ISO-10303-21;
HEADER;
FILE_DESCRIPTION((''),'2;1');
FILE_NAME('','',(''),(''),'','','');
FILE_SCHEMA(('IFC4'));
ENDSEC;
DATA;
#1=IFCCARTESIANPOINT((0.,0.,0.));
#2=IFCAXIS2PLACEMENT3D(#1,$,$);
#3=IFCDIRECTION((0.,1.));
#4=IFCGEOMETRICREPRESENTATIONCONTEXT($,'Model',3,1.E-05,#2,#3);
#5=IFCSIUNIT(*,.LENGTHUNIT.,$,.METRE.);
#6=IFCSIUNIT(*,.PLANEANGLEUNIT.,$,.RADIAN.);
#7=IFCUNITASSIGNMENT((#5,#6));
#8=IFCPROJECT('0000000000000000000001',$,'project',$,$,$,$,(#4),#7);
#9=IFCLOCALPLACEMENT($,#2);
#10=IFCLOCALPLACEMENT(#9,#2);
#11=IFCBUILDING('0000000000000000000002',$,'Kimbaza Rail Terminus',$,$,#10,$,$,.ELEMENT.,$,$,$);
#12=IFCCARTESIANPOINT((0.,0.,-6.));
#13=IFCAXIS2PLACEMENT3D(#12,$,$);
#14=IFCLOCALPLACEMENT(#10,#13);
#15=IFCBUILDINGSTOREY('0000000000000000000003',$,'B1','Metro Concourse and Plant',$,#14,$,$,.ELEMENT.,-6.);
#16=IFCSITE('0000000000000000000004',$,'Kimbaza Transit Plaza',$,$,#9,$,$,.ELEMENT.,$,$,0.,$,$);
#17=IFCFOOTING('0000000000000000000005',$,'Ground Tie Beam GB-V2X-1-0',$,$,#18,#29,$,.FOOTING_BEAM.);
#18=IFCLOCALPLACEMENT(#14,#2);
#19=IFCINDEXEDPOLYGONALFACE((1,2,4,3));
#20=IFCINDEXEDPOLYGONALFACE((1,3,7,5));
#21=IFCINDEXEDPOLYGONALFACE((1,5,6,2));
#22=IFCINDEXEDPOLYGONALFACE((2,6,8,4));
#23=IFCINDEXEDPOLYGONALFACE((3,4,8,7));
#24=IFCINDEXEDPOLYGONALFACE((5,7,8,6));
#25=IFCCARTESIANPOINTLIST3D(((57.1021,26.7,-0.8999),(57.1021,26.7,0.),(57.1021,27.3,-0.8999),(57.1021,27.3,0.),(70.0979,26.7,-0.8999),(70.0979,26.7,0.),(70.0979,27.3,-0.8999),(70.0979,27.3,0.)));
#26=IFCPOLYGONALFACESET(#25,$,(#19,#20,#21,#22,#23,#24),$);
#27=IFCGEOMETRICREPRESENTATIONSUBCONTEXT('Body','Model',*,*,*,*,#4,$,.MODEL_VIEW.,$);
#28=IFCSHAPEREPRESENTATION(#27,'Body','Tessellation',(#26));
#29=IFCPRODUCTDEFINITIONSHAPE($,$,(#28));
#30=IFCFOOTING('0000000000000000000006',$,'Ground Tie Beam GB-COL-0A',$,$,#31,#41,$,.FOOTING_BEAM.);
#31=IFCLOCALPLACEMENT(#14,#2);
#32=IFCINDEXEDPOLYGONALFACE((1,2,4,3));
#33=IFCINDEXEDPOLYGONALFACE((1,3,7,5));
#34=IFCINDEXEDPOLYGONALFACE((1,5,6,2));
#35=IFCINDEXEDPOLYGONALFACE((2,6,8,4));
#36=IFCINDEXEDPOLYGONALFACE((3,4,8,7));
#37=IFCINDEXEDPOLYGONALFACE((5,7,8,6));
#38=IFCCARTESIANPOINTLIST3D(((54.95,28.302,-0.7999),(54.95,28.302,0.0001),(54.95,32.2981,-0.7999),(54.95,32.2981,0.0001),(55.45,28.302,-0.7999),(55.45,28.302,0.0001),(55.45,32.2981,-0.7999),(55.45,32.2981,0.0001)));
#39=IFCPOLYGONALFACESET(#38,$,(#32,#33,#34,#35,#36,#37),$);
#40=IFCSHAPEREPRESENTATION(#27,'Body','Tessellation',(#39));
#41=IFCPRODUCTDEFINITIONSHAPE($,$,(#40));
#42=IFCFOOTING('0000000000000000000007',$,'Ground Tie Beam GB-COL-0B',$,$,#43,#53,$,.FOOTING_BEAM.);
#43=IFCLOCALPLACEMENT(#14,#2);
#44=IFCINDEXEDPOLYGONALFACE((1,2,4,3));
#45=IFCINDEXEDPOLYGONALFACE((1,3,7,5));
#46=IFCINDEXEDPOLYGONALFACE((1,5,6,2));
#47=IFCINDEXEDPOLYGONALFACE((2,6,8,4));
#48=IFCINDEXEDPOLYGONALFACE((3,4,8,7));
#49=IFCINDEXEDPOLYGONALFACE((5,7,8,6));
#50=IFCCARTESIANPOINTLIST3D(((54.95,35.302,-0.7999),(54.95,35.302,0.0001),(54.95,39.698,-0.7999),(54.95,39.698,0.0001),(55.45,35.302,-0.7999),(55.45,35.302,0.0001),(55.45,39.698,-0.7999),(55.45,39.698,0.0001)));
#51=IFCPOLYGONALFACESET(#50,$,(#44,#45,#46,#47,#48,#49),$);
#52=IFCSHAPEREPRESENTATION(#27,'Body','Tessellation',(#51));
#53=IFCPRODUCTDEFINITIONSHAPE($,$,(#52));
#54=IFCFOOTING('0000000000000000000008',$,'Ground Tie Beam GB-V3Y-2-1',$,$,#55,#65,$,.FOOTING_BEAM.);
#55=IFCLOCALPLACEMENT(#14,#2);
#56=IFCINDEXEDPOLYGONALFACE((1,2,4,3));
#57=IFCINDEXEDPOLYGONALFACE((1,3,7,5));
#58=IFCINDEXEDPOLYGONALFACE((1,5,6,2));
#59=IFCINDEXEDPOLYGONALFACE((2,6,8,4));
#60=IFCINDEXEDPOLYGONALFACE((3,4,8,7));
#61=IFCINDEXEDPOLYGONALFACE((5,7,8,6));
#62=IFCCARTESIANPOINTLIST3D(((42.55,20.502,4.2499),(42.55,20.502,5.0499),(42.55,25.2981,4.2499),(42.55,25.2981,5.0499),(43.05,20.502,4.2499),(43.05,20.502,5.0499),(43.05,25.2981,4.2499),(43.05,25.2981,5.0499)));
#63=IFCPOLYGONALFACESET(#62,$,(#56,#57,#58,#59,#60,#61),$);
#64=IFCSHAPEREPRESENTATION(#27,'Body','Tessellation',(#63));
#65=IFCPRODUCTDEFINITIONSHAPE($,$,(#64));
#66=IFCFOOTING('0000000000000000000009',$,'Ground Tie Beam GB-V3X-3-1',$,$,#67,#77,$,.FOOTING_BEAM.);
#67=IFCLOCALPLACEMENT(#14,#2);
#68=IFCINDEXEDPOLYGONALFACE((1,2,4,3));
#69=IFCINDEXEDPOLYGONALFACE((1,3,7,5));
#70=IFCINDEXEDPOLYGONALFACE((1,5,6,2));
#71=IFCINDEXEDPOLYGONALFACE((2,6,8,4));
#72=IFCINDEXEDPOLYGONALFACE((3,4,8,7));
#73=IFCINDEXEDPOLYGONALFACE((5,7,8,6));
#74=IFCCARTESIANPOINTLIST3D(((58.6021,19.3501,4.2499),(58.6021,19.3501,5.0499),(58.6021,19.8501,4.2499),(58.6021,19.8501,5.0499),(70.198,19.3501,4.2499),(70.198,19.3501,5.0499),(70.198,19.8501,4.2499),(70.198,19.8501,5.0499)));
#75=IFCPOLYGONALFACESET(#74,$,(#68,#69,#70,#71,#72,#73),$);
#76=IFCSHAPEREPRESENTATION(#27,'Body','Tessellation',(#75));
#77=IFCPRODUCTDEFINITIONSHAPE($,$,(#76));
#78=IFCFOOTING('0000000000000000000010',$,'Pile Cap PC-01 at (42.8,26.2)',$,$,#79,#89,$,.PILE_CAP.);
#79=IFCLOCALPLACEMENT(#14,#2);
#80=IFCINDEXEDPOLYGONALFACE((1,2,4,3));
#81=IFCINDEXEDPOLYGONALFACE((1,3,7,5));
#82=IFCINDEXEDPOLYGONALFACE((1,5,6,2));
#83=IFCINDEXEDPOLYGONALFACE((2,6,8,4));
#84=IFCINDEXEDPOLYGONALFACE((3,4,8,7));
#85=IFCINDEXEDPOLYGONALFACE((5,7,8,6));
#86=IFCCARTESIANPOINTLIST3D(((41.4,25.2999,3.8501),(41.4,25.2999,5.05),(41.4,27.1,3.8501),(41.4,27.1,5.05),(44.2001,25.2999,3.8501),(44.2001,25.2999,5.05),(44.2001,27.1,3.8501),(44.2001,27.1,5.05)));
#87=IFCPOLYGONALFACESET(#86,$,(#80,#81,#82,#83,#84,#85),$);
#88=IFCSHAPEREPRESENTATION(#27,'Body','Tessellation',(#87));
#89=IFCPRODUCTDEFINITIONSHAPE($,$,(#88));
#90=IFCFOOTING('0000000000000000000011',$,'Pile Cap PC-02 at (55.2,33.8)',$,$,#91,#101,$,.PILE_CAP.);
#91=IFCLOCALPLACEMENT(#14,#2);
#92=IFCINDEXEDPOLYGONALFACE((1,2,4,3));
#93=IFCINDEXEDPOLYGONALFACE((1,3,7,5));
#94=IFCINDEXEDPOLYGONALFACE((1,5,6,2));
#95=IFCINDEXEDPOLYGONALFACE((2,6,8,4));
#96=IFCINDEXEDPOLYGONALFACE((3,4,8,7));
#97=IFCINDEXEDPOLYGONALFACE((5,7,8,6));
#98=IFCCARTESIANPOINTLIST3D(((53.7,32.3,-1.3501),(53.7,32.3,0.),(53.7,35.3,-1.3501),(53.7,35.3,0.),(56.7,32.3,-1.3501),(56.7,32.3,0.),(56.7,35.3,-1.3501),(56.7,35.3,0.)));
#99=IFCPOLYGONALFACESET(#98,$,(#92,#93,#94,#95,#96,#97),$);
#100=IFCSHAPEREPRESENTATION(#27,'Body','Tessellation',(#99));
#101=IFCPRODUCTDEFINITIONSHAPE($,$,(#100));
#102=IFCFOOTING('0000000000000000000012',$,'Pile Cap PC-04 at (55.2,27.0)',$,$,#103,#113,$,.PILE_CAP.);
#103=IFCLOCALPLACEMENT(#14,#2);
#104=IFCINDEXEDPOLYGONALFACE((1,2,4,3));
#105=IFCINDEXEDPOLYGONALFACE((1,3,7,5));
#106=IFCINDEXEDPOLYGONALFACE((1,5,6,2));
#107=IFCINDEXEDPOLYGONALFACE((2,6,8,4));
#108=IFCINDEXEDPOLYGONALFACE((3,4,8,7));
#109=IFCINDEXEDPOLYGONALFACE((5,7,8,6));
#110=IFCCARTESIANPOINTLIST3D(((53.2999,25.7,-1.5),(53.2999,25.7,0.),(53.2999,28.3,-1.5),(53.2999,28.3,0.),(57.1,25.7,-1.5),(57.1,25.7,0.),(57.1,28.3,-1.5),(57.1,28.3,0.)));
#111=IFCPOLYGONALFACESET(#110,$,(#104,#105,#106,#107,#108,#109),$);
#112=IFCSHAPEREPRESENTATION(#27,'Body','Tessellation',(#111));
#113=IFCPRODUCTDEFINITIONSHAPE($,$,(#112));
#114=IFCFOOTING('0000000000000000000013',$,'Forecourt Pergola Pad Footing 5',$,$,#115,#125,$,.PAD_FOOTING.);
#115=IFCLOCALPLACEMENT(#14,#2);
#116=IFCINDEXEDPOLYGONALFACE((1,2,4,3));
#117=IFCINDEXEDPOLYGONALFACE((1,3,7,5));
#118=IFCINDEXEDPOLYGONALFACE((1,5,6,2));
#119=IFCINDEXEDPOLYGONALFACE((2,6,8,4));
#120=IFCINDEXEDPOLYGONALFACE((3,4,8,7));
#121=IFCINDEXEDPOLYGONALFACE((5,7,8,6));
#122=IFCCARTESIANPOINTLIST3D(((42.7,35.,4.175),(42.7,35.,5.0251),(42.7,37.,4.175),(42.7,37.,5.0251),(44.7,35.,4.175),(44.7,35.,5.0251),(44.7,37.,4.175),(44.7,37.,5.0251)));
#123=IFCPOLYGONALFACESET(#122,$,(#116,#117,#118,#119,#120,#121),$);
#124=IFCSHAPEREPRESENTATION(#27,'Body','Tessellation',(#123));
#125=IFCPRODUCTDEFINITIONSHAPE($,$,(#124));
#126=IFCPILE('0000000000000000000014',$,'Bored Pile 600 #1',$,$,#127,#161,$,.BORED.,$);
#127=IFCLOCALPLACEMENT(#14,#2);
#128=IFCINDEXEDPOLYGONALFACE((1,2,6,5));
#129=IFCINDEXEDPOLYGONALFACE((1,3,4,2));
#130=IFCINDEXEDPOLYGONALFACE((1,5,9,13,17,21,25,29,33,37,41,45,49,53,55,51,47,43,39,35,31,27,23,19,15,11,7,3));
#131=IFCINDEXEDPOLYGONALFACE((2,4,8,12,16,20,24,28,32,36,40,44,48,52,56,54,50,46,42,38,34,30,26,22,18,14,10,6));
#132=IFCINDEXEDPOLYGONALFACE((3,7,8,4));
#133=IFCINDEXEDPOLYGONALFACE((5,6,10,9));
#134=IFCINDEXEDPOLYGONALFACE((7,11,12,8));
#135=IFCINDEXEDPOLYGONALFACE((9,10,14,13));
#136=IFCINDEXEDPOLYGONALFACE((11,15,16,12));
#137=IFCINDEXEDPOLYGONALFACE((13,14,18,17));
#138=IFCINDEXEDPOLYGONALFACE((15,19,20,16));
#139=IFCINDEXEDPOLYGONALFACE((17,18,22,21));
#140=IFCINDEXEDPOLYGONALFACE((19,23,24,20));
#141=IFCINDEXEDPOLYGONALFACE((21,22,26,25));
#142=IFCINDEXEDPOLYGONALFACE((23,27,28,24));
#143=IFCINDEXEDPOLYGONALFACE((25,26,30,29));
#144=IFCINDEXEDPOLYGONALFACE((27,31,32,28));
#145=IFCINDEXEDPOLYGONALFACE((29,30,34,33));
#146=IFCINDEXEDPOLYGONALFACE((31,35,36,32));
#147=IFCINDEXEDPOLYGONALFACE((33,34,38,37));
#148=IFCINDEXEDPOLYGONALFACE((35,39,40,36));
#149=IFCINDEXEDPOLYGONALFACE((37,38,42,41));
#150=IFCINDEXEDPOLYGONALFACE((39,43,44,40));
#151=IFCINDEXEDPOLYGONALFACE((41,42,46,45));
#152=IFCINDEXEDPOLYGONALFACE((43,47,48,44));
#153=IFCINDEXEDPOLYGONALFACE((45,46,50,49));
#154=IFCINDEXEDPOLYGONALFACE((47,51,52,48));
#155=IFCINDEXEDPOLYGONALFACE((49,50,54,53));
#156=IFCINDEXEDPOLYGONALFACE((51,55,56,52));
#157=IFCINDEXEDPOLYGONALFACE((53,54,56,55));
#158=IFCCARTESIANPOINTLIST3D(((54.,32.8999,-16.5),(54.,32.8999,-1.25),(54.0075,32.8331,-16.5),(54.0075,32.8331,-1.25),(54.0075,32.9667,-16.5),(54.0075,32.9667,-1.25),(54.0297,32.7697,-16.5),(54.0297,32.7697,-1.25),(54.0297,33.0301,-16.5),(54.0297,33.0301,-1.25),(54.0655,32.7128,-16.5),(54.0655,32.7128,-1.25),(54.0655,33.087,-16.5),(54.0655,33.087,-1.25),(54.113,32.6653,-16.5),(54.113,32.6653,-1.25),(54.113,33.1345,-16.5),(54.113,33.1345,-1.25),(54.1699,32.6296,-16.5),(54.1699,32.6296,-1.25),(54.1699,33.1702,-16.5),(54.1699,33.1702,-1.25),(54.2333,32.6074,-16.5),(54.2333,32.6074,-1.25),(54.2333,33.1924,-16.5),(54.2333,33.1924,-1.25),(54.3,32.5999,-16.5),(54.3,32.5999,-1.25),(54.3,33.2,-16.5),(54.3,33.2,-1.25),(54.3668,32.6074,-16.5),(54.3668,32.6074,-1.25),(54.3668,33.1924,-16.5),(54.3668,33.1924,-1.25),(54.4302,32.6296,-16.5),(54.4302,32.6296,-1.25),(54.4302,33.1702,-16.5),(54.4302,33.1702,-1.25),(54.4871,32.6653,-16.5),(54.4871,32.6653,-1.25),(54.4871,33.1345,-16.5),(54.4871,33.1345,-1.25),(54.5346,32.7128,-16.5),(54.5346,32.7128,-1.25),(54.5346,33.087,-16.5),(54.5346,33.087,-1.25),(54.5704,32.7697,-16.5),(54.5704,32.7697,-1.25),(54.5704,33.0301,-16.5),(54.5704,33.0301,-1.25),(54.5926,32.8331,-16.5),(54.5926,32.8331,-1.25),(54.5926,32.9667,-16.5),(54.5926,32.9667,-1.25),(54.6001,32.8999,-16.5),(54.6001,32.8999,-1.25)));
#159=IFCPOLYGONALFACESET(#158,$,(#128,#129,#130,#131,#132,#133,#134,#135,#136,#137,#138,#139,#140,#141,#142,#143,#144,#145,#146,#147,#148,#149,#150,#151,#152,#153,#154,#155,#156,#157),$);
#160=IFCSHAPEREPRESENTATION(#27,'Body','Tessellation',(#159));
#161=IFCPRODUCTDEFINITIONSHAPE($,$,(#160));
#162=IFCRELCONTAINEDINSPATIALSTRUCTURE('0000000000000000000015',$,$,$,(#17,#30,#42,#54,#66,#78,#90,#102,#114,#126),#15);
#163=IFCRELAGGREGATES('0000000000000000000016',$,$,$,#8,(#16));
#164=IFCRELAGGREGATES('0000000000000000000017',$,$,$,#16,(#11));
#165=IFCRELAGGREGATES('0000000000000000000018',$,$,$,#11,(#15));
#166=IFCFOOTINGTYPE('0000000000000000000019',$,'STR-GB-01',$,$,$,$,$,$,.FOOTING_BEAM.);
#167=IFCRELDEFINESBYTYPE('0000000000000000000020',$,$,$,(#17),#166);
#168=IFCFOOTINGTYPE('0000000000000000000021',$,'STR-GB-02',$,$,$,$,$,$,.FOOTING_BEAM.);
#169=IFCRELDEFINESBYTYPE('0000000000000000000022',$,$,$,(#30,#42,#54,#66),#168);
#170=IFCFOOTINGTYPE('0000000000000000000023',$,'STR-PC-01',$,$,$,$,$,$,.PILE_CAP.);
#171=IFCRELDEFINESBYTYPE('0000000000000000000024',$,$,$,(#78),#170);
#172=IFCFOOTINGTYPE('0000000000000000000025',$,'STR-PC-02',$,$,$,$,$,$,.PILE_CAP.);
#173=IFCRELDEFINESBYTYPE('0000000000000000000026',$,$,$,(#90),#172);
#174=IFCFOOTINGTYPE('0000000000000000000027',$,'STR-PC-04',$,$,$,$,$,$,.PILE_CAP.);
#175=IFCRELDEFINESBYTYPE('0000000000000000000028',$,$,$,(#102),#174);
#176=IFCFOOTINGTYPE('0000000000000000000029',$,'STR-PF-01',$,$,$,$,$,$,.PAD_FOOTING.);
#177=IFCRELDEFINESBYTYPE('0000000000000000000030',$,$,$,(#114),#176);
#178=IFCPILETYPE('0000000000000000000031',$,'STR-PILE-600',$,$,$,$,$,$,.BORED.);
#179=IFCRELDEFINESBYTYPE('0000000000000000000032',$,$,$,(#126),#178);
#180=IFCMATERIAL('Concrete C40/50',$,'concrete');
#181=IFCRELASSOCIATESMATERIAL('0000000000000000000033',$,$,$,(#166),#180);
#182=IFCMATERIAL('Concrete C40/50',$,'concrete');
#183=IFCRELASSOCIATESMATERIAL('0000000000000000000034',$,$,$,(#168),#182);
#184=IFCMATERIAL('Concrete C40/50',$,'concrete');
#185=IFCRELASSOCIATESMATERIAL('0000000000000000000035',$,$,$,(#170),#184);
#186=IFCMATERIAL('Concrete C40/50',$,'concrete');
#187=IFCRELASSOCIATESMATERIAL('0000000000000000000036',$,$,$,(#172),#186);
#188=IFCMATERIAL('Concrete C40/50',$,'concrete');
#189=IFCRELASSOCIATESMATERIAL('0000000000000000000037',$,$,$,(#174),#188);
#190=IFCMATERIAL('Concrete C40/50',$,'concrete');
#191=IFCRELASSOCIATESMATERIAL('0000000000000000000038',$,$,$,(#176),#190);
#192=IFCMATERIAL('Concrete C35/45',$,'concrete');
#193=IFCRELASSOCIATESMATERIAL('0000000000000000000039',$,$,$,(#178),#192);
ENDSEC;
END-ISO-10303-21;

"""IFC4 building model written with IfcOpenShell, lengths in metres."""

from ifc_helpers import new_model, si_unit, direction, frame, origin, origin_2d, place, context, subcontext, project, spatial, rectangle, circle, extrude, material, material_profile, profile_set, type_object, element, save


model = new_model("IFC4")

# Units and contexts
model_context = context("Model", 3, precision=1e-05, world=origin(), true_north=direction((0.0, 1.0)))
body_context = subcontext(model_context, "Body", "Model", "MODEL_VIEW")
ifc_project = project(units=[si_unit("LENGTHUNIT", "METRE"), si_unit("PLANEANGLEUNIT", "RADIAN")], contexts=[model_context])

# Site, building, storey
site_placement = place(None, origin())
site = spatial("IfcSite", under=ifc_project, at=site_placement, Name="Kimbaza Transit Plaza", CompositionType="ELEMENT", RefElevation=0.0)
building_placement = place(site_placement, origin())
building = spatial("IfcBuilding", under=site, at=building_placement, Name="Kimbaza Rail Terminus", CompositionType="ELEMENT")
storey_placement = place(building_placement, frame((0.0, 0.0, -6.0)))
storey = spatial("IfcBuildingStorey", under=building, at=storey_placement, Name="B1", Description="Metro Concourse and Plant", CompositionType="ELEMENT", Elevation=-6.0)

# Footings
ifc_material_1 = material(Name="Concrete C40/50", Category="concrete")
ifc_material_profile_1 = material_profile(ifc_material_1, rectangle(XDim=0.6001, YDim=0.8999, at=origin_2d()), Name="GB-01 600x900")
ifc_profile_set_1 = profile_set([ifc_material_profile_1], Name="Concrete C40/50")
footing_type_1 = type_object("IfcFootingType", Name="STR-GB-01", PredefinedType="FOOTING_BEAM", material=ifc_profile_set_1)
footing_1_placement = place(storey_placement, frame((57.1021, 27.0, -0.45), z_axis=(1.0, 0.0, 0.0), x_axis=(0.0, 1.0, 0.0)))
element("IfcFooting", 1, at=footing_1_placement, inside=storey, type_object=footing_type_1, Name="Ground Tie Beam GB-V2X-1-0", PredefinedType="FOOTING_BEAM", context=body_context, shape_type="SweptSolid", body=[
    extrude(rectangle(XDim=0.6001, YDim=0.8999, at=origin_2d()), origin(), (0.0, 0.0, 1.0), 12.9958),
])
ifc_material_2 = material(Name="Concrete C40/50", Category="concrete")
ifc_material_profile_2 = material_profile(ifc_material_2, rectangle(XDim=0.5, YDim=0.8, at=origin_2d()), Name="GB-02 500x800")
ifc_profile_set_2 = profile_set([ifc_material_profile_2], Name="Concrete C40/50")
footing_type_2 = type_object("IfcFootingType", Name="STR-GB-02", PredefinedType="FOOTING_BEAM", material=ifc_profile_set_2)
footing_2_placement = place(storey_placement, frame((55.2, 28.302, -0.3999), z_axis=(0.0, 1.0, 0.0), x_axis=(-1.0, 0.0, 0.0)))
element("IfcFooting", 2, at=footing_2_placement, inside=storey, type_object=footing_type_2, Name="Ground Tie Beam GB-COL-0A", PredefinedType="FOOTING_BEAM", context=body_context, shape_type="SweptSolid", body=[
    extrude(rectangle(XDim=0.5, YDim=0.8, at=origin_2d()), origin(), (0.0, 0.0, 1.0), 3.9961),
])
footing_3_placement = place(storey_placement, frame((55.2, 35.302, -0.3999), z_axis=(0.0, 1.0, 0.0), x_axis=(-1.0, 0.0, 0.0)))
element("IfcFooting", 3, at=footing_3_placement, inside=storey, type_object=footing_type_2, Name="Ground Tie Beam GB-COL-0B", PredefinedType="FOOTING_BEAM", context=body_context, shape_type="SweptSolid", body=[
    extrude(rectangle(XDim=0.5, YDim=0.8, at=origin_2d()), origin(), (0.0, 0.0, 1.0), 4.396),
])
footing_4_placement = place(storey_placement, frame((42.8, 20.502, 4.6499), z_axis=(0.0, 1.0, 0.0), x_axis=(-1.0, 0.0, 0.0)))
element("IfcFooting", 4, at=footing_4_placement, inside=storey, type_object=footing_type_2, Name="Ground Tie Beam GB-V3Y-2-1", PredefinedType="FOOTING_BEAM", context=body_context, shape_type="SweptSolid", body=[
    extrude(rectangle(XDim=0.5, YDim=0.8, at=origin_2d()), origin(), (0.0, 0.0, 1.0), 4.7961),
])
footing_5_placement = place(storey_placement, frame((58.6021, 19.6001, 4.6499), z_axis=(1.0, 0.0, 0.0), x_axis=(0.0, 1.0, 0.0)))
element("IfcFooting", 5, at=footing_5_placement, inside=storey, type_object=footing_type_2, Name="Ground Tie Beam GB-V3X-3-1", PredefinedType="FOOTING_BEAM", context=body_context, shape_type="SweptSolid", body=[
    extrude(rectangle(XDim=0.5, YDim=0.8, at=origin_2d()), origin(), (0.0, 0.0, 1.0), 11.5959),
])
ifc_material_3 = material(Name="Concrete C40/50", Category="concrete")
footing_type_3 = type_object("IfcFootingType", Name="STR-PC-01", PredefinedType="PILE_CAP", material=ifc_material_3)
footing_6_placement = place(storey_placement, frame((42.8, 26.2, 3.8501), z_axis=(0.0, 0.0, 1.0), x_axis=(1.0, 0.0, 0.0)))
element("IfcFooting", 6, at=footing_6_placement, inside=storey, type_object=footing_type_3, Name="Pile Cap PC-01 at (42.8,26.2)", PredefinedType="PILE_CAP", context=body_context, shape_type="SweptSolid", body=[
    extrude(rectangle(XDim=2.8, YDim=1.8, at=origin_2d()), origin(), (0.0, 0.0, 1.0), 1.2),
])
ifc_material_4 = material(Name="Concrete C40/50", Category="concrete")
footing_type_4 = type_object("IfcFootingType", Name="STR-PC-02", PredefinedType="PILE_CAP", material=ifc_material_4)
footing_7_placement = place(storey_placement, frame((55.2, 33.8, -1.3501), z_axis=(0.0, 0.0, 1.0), x_axis=(1.0, 0.0, 0.0)))
element("IfcFooting", 7, at=footing_7_placement, inside=storey, type_object=footing_type_4, Name="Pile Cap PC-02 at (55.2,33.8)", PredefinedType="PILE_CAP", context=body_context, shape_type="SweptSolid", body=[
    extrude(rectangle(XDim=3.0, YDim=3.0, at=origin_2d()), origin(), (0.0, 0.0, 1.0), 1.3501),
])
ifc_material_5 = material(Name="Concrete C40/50", Category="concrete")
footing_type_5 = type_object("IfcFootingType", Name="STR-PC-04", PredefinedType="PILE_CAP", material=ifc_material_5)
footing_8_placement = place(storey_placement, frame((55.2, 27.0, -1.5), z_axis=(0.0, 0.0, 1.0), x_axis=(1.0, 0.0, 0.0)))
element("IfcFooting", 8, at=footing_8_placement, inside=storey, type_object=footing_type_5, Name="Pile Cap PC-04 at (55.2,27.0)", PredefinedType="PILE_CAP", context=body_context, shape_type="SweptSolid", body=[
    extrude(rectangle(XDim=3.8, YDim=2.6001, at=origin_2d()), origin(), (0.0, 0.0, 1.0), 1.5),
])
ifc_material_6 = material(Name="Concrete C40/50", Category="concrete")
footing_type_6 = type_object("IfcFootingType", Name="STR-PF-01", PredefinedType="PAD_FOOTING", material=ifc_material_6)
footing_9_placement = place(storey_placement, frame((43.7, 36.0, 4.175), z_axis=(0.0, 0.0, 1.0), x_axis=(1.0, 0.0, 0.0)))
element("IfcFooting", 9, at=footing_9_placement, inside=storey, type_object=footing_type_6, Name="Forecourt Pergola Pad Footing 5", PredefinedType="PAD_FOOTING", context=body_context, shape_type="SweptSolid", body=[
    extrude(rectangle(XDim=2.0, YDim=2.0, at=origin_2d()), origin(), (0.0, 0.0, 1.0), 0.8501),
])

# Pile
ifc_material_7 = material(Name="Concrete C35/45", Category="concrete")
ifc_material_profile_3 = material_profile(ifc_material_7, circle(Radius=0.3, at=origin_2d()), Name="BORED PILE 600")
ifc_profile_set_3 = profile_set([ifc_material_profile_3], Name="Concrete C35/45")
pile_type_1 = type_object("IfcPileType", Name="STR-PILE-600", PredefinedType="BORED", material=ifc_profile_set_3)
for number, where, z_axis, x_axis, name in (
    (10, (54.3, 32.8999, -1.25), (0.0, 0.0, -1.0), (1.0, 0.0, 0.0), "Bored Pile 600 #1"),
):
    element("IfcPile", number, at=place(storey_placement, frame(where, z_axis=z_axis, x_axis=x_axis)), inside=storey, type_object=pile_type_1, Name=name, PredefinedType="BORED", context=body_context, shape_type="SweptSolid", body=[
        extrude(circle(Radius=0.3, at=origin_2d()), origin(), (0.0, 0.0, 1.0), 15.25),
    ])

save(model, "model.ifc")
